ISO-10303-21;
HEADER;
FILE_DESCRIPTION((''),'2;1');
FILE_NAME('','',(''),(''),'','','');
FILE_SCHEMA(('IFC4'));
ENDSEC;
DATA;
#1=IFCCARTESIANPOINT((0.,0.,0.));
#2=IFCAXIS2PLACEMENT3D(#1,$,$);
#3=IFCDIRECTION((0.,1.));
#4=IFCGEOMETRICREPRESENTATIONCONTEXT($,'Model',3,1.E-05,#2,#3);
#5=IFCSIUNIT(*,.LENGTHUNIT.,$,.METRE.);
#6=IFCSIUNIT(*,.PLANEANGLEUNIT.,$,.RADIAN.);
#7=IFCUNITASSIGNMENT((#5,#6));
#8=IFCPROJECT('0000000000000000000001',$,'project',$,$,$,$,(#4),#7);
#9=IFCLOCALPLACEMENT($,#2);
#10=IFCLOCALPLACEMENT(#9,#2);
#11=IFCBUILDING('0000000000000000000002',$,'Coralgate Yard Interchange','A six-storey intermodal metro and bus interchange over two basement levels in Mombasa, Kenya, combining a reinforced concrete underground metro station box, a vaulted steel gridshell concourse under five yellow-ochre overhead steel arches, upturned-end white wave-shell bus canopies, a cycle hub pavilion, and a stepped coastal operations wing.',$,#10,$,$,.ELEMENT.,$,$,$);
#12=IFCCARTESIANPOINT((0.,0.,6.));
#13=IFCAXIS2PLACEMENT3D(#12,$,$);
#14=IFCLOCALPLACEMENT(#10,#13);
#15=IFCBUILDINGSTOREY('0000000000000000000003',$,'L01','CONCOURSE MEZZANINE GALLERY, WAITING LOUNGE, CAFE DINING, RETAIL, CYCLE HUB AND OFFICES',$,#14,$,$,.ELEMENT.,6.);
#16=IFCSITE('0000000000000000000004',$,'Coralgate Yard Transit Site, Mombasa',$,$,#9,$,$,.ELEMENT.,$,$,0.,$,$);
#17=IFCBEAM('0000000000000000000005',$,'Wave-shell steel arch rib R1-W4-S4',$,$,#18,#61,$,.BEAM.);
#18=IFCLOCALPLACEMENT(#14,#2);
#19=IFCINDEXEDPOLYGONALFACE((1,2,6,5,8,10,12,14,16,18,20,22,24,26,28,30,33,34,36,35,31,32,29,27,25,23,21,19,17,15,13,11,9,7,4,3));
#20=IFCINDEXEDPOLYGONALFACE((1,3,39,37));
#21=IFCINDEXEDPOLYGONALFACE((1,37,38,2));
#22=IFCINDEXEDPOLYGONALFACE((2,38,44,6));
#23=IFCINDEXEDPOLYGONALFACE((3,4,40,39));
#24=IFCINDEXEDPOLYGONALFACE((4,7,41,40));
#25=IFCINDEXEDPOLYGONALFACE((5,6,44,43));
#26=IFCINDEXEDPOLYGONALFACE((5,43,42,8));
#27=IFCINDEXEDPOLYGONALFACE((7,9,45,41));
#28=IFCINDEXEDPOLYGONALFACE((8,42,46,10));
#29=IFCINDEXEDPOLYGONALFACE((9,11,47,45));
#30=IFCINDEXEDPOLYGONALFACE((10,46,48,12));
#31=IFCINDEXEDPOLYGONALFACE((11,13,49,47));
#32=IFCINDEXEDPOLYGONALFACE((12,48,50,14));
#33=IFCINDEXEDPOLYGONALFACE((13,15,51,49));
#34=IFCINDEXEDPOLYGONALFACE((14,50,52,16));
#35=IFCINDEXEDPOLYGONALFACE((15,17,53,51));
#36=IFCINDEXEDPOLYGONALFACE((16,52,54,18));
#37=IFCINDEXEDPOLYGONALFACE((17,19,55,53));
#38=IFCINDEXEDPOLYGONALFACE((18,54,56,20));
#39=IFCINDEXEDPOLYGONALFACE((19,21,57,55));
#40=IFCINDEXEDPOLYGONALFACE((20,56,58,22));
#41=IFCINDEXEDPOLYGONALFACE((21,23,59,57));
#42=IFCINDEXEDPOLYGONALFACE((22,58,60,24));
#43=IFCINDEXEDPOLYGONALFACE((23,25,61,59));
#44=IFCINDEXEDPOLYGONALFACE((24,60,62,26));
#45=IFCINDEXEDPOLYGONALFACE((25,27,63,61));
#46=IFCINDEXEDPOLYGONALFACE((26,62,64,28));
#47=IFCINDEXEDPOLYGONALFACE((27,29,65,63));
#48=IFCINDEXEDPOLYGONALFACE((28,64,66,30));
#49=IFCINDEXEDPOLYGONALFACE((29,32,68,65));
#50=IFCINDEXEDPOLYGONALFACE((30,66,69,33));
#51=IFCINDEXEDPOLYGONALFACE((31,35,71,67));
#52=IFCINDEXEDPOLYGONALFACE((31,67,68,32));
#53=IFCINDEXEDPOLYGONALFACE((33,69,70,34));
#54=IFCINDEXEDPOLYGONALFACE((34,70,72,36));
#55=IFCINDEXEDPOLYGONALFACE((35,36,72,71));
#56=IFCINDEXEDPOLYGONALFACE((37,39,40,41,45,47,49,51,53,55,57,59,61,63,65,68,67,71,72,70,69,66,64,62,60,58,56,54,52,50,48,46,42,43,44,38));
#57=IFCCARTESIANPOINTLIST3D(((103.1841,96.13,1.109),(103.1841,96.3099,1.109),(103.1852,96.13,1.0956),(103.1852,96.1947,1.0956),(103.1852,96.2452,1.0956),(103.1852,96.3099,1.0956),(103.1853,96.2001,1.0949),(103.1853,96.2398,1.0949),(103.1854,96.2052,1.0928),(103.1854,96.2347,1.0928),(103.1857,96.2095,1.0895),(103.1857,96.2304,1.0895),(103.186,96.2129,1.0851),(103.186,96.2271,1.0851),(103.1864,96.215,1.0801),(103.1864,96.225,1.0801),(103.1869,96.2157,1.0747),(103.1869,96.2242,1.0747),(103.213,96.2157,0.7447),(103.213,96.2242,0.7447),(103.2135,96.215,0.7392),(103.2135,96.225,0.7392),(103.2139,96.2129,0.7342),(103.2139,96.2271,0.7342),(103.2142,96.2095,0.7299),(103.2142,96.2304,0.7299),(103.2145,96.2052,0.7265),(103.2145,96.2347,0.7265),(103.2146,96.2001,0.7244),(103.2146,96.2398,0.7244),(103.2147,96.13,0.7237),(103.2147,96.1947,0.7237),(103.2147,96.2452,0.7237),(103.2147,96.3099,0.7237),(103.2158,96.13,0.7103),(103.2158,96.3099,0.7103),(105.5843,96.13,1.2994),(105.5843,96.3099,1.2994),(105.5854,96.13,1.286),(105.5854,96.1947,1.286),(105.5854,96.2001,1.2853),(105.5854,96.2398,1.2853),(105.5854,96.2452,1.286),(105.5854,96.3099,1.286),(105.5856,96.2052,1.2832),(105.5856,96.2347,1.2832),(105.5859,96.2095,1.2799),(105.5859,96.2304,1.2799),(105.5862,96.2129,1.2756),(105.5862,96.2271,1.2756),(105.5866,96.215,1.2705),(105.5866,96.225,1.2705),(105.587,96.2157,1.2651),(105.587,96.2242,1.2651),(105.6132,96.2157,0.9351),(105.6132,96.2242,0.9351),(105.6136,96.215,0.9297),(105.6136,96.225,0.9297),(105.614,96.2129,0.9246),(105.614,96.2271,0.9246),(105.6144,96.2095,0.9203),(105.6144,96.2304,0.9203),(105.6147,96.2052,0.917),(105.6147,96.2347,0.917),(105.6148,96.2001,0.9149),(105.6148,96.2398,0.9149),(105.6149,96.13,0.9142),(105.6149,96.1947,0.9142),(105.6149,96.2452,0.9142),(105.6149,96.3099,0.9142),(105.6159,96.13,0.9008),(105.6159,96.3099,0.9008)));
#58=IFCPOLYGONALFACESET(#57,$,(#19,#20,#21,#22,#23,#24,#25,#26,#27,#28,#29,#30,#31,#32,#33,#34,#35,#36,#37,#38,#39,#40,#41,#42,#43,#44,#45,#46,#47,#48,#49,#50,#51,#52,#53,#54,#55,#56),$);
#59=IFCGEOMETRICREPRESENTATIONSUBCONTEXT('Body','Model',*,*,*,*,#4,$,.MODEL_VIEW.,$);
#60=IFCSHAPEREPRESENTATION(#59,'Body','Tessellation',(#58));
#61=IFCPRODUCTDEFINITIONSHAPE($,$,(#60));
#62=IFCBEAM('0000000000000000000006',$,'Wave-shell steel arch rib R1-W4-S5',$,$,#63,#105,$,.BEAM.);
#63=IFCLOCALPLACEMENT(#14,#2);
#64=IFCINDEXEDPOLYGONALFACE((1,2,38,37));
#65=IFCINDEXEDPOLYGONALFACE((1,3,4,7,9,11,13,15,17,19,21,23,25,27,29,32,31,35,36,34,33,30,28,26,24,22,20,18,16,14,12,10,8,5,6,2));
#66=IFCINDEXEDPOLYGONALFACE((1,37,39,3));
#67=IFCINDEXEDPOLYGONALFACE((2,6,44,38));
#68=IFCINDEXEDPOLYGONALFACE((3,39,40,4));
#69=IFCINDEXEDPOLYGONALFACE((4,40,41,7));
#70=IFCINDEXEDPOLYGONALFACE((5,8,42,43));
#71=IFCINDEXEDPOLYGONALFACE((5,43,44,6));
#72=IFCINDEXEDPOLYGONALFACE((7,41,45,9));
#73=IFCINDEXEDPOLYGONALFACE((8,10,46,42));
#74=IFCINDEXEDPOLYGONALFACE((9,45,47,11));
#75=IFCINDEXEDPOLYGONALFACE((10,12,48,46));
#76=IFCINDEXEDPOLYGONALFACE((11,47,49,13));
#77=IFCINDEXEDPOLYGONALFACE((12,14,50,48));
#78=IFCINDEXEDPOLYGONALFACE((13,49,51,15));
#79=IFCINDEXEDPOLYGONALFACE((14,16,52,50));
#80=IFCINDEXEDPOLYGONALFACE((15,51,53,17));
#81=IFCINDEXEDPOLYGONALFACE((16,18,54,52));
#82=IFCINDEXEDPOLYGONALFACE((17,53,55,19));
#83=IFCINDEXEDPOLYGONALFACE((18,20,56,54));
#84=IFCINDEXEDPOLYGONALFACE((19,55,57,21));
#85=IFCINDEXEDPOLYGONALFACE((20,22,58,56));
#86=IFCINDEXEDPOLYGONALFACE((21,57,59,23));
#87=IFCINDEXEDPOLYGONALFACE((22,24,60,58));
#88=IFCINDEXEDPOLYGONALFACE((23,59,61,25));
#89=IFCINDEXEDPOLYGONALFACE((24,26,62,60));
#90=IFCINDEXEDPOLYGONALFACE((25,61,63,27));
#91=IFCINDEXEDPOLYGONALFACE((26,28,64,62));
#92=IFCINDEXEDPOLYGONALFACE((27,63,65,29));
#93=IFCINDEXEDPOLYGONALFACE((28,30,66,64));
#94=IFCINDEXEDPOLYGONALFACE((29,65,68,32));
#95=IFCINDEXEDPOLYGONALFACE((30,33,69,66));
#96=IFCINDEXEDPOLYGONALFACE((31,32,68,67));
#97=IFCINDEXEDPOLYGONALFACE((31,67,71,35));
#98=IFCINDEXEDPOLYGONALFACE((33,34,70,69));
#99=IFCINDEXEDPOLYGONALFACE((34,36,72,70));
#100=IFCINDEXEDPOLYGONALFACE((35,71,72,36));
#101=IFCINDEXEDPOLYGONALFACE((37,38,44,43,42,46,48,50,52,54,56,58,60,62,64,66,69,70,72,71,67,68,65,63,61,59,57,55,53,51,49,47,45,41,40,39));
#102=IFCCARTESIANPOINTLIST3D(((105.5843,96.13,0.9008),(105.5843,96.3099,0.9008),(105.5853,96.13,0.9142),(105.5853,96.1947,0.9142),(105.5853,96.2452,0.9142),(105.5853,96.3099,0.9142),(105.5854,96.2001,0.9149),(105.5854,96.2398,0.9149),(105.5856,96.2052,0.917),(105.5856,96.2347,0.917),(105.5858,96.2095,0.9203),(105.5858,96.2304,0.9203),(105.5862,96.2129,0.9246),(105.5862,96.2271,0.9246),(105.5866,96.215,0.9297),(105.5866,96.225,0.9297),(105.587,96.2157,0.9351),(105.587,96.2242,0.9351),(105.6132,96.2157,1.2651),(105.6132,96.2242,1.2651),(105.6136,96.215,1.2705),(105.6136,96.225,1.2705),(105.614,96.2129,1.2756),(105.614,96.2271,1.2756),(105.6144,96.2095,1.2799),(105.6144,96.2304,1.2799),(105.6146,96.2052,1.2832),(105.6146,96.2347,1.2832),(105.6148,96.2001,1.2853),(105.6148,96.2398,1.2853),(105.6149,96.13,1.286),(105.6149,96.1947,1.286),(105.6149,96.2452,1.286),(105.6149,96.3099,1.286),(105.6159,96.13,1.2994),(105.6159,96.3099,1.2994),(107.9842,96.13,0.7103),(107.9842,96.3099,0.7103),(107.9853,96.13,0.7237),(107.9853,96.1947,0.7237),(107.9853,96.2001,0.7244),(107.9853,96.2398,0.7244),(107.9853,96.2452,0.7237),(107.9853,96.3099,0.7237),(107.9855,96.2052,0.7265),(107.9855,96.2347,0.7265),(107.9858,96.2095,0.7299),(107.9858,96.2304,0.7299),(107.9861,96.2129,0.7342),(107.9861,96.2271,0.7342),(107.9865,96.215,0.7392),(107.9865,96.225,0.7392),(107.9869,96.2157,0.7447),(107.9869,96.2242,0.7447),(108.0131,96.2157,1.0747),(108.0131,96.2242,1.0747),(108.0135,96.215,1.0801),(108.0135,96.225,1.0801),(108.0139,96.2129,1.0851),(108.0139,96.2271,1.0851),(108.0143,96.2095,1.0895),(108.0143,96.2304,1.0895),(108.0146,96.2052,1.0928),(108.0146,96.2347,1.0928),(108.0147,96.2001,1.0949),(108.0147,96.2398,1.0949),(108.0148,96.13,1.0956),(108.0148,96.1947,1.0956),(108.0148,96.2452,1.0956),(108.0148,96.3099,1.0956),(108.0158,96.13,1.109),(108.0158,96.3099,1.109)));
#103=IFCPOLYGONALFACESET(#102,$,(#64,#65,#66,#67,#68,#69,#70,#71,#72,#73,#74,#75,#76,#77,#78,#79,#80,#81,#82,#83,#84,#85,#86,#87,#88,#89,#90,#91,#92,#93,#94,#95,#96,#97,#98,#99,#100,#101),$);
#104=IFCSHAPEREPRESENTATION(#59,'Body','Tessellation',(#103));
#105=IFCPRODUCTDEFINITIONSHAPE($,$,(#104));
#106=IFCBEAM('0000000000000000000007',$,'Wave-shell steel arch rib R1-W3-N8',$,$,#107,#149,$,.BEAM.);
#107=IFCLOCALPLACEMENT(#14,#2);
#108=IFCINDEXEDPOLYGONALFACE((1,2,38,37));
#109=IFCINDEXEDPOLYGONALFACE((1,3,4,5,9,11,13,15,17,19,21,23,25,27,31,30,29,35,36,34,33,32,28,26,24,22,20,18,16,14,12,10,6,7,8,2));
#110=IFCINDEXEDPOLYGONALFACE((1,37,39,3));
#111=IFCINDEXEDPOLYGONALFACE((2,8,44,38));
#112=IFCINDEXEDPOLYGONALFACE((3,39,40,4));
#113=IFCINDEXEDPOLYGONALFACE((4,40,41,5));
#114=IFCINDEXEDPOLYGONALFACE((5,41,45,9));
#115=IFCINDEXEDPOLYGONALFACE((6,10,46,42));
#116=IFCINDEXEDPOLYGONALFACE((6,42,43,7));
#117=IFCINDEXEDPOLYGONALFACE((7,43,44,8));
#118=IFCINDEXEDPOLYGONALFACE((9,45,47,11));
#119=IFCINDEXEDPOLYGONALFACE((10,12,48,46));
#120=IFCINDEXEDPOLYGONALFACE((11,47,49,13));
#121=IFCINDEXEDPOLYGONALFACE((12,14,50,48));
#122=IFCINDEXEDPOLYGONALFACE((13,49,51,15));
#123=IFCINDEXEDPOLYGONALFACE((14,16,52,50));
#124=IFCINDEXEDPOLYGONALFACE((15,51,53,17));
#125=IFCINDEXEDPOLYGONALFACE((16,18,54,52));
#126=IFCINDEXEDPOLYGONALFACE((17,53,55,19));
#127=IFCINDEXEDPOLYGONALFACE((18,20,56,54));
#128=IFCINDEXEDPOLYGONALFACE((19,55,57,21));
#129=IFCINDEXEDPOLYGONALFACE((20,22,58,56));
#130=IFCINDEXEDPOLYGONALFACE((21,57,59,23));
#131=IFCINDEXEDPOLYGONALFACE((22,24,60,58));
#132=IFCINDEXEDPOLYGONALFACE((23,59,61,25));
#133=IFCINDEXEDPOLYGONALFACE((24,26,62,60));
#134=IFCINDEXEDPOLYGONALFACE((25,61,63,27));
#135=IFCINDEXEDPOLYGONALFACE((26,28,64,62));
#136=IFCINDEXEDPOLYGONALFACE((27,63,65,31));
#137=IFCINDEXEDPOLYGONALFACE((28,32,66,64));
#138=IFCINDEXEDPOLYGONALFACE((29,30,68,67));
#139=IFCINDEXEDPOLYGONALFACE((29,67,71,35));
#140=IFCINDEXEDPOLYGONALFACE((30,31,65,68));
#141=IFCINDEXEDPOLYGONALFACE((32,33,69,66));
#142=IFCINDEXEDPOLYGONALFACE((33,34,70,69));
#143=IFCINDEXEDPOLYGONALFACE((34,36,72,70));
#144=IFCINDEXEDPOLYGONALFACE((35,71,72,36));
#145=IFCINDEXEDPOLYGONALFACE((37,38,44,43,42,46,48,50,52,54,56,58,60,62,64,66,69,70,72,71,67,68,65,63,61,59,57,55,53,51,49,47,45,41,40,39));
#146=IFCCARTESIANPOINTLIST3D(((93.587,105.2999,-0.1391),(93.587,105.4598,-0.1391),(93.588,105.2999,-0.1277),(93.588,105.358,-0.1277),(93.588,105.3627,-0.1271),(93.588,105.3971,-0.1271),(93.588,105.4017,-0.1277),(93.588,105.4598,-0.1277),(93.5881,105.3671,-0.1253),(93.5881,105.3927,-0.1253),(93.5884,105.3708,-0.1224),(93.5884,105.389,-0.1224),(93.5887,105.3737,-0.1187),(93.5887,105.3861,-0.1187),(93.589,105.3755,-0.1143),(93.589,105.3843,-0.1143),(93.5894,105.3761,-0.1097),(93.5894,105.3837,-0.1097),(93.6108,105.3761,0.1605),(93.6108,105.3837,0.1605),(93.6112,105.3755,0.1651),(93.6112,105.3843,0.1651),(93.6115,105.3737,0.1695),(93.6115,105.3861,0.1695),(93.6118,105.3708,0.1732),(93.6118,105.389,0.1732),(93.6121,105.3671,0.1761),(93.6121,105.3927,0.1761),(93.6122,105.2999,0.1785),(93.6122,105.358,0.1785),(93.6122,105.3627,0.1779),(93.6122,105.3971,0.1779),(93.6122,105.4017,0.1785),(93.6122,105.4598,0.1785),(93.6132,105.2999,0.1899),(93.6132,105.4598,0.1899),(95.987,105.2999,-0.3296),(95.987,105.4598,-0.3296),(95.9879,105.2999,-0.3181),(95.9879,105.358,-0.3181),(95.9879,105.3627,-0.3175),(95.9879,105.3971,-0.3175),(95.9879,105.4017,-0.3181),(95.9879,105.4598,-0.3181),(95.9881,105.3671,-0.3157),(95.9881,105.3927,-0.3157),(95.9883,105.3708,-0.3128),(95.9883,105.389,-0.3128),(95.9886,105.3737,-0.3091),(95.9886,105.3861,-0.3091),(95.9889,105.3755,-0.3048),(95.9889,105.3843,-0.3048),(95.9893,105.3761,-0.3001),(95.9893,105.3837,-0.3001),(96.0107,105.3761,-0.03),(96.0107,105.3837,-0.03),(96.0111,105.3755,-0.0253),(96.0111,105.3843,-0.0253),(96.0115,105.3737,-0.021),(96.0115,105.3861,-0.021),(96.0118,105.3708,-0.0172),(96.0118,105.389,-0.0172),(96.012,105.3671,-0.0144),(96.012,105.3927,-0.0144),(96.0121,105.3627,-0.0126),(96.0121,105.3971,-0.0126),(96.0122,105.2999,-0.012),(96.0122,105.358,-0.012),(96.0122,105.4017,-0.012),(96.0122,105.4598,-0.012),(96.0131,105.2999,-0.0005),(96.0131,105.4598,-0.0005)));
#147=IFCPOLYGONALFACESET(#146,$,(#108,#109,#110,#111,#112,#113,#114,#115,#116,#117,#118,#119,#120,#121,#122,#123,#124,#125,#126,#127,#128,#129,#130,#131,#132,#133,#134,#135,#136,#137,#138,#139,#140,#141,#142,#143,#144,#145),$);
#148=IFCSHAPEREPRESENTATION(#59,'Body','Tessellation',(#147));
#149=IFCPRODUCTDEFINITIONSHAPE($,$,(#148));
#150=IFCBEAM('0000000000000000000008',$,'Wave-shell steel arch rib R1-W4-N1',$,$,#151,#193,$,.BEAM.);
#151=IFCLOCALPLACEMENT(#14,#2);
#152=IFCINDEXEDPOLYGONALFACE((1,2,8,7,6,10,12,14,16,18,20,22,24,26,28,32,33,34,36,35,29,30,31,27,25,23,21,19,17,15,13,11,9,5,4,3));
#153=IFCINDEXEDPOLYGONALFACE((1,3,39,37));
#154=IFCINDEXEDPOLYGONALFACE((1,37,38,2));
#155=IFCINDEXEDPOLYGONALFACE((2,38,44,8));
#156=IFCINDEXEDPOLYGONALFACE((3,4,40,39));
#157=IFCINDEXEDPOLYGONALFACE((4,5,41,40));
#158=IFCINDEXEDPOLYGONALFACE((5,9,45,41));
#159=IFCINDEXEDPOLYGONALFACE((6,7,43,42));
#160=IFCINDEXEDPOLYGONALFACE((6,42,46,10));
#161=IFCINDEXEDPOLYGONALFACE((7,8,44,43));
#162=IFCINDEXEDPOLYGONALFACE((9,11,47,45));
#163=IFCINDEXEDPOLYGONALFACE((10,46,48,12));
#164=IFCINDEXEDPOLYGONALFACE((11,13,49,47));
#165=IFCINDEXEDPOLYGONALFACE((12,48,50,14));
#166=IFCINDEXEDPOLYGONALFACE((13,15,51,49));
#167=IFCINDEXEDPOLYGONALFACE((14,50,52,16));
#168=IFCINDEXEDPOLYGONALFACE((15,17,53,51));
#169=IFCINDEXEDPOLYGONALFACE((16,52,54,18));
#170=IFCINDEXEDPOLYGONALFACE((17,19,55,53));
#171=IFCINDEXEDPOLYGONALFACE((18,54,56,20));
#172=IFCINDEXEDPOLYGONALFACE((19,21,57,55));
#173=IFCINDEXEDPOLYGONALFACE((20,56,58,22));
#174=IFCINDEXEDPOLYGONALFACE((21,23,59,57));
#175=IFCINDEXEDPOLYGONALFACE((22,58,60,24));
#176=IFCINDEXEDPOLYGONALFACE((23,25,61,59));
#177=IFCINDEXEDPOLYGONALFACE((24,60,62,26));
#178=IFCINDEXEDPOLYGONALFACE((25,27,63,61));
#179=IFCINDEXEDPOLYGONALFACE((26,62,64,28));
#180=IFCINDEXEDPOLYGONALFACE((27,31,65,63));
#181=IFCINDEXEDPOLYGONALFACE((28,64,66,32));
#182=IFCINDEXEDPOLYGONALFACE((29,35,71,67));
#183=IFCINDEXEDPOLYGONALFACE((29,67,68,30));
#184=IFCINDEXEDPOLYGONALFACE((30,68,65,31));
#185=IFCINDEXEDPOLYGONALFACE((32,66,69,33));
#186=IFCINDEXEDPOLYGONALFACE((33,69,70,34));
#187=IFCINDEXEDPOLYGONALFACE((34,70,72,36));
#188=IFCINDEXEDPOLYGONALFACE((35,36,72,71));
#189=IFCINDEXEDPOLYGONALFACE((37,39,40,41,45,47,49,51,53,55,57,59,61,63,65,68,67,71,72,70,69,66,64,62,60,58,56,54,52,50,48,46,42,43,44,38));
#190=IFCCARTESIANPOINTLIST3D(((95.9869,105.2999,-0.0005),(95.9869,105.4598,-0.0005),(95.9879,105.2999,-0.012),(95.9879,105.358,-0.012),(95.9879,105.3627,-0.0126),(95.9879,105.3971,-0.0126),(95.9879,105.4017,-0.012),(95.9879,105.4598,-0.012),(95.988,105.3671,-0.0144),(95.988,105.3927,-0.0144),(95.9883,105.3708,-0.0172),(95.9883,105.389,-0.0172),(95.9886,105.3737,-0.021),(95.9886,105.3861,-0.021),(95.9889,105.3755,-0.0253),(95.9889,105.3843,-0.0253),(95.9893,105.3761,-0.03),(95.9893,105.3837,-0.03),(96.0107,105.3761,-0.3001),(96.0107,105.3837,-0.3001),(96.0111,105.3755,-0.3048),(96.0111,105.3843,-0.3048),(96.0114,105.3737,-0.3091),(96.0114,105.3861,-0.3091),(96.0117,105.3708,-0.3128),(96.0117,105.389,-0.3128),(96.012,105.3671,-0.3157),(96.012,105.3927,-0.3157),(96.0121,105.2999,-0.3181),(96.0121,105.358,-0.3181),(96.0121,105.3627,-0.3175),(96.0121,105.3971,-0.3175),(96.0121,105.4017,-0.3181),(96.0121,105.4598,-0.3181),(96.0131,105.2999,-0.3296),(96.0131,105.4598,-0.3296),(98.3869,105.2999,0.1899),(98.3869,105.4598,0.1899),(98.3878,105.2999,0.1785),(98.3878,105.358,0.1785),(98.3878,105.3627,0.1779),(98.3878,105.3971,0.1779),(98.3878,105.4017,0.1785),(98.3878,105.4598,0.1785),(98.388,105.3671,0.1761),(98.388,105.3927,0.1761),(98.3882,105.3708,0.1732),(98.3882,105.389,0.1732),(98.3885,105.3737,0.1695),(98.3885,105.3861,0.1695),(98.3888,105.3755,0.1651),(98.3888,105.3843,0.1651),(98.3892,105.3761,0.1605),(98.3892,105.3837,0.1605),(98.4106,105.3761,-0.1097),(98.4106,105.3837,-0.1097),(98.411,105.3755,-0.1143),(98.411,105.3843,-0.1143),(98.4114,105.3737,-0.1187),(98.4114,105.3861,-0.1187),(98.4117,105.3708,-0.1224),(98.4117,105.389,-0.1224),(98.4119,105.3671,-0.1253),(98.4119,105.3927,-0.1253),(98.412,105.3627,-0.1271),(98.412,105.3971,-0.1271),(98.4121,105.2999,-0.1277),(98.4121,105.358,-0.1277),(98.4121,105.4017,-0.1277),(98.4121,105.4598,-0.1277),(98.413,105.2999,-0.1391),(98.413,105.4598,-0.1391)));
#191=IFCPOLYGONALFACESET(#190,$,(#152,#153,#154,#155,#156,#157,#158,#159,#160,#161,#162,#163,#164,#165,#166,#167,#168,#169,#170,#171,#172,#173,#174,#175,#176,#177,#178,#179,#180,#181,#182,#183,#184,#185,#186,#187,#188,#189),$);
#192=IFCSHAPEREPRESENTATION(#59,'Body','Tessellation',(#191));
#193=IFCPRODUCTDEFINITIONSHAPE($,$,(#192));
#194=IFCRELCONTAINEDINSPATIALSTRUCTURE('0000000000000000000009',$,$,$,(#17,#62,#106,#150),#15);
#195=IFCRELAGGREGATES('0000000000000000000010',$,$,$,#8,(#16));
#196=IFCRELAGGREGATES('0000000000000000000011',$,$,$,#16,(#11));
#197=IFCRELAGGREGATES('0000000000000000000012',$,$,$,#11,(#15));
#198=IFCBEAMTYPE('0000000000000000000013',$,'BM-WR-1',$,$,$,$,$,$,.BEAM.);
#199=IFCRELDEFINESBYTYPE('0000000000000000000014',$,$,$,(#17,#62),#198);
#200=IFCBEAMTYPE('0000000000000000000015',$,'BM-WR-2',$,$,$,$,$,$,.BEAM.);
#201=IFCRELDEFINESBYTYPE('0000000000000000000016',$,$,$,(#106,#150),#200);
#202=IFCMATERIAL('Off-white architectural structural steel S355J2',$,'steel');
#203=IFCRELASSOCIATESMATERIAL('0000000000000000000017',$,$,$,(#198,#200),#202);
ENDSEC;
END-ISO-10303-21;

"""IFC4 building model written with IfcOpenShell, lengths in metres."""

from ifc_helpers import new_model, si_unit, direction, frame, origin, origin_2d, place, context, subcontext, project, spatial, i_section, extrude, material, material_profile, profile_set, type_object, element, save


model = new_model("IFC4")

# Units and contexts
model_context = context("Model", 3, precision=1e-05, world=origin(), true_north=direction((0.0, 1.0)))
body_context = subcontext(model_context, "Body", "Model", "MODEL_VIEW")
ifc_project = project(units=[si_unit("LENGTHUNIT", "METRE"), si_unit("PLANEANGLEUNIT", "RADIAN")], contexts=[model_context])

# Site, building, storey
site_placement = place(None, origin())
site = spatial("IfcSite", under=ifc_project, at=site_placement, Name="Coralgate Yard Transit Site, Mombasa", CompositionType="ELEMENT", RefElevation=0.0)
building_placement = place(site_placement, origin())
building = spatial("IfcBuilding", under=site, at=building_placement, Name="Coralgate Yard Interchange", Description="A six-storey intermodal metro and bus interchange over two basement levels in Mombasa, Kenya, combining a reinforced concrete underground metro station box, a vaulted steel gridshell concourse under five yellow-ochre overhead steel arches, upturned-end white wave-shell bus canopies, a cycle hub pavilion, and a stepped coastal operations wing.", CompositionType="ELEMENT")
storey_placement = place(building_placement, frame((0.0, 0.0, 6.0)))
storey = spatial("IfcBuildingStorey", under=building, at=storey_placement, Name="L01", Description="CONCOURSE MEZZANINE GALLERY, WAITING LOUNGE, CAFE DINING, RETAIL, CYCLE HUB AND OFFICES", CompositionType="ELEMENT", Elevation=6.0)

# Beams
ifc_material_1 = material(Name="Off-white architectural structural steel S355J2", Category="steel")
ifc_material_profile_1 = material_profile(ifc_material_1, i_section(OverallWidth=0.1799, OverallDepth=0.3999, WebThickness=0.0085, FlangeThickness=0.0134, FilletRadius=0.021, at=origin_2d()), Name="IPE 400")
ifc_profile_set_1 = profile_set([ifc_material_profile_1], Name="Off-white architectural structural steel S355J2")
beam_type_1 = type_object("IfcBeamType", Name="BM-WR-1", PredefinedType="BEAM", material=ifc_profile_set_1)
beam_1_placement = place(storey_placement, frame((103.2, 96.22, 0.9097), z_axis=(0.996867, 0.0, 0.079092), x_axis=(0.0, 1.0, 0.0)))
element("IfcBeam", 1, at=beam_1_placement, inside=storey, type_object=beam_type_1, Name="Wave-shell steel arch rib R1-W4-S4", PredefinedType="BEAM", context=body_context, shape_type="SweptSolid", body=[
    extrude(i_section(OverallWidth=0.1799, OverallDepth=0.3999, WebThickness=0.0085, FlangeThickness=0.0134, FilletRadius=0.021, at=origin_2d()), origin(), (0.0, 0.0, 1.0), 2.4077),
])
beam_2_placement = place(storey_placement, frame((105.6001, 96.22, 1.1001), z_axis=(0.996867, 0.0, -0.0791), x_axis=(0.0, 1.0, 0.0)))
element("IfcBeam", 2, at=beam_2_placement, inside=storey, type_object=beam_type_1, Name="Wave-shell steel arch rib R1-W4-S5", PredefinedType="BEAM", context=body_context, shape_type="SweptSolid", body=[
    extrude(i_section(OverallWidth=0.1799, OverallDepth=0.3999, WebThickness=0.0085, FlangeThickness=0.0134, FilletRadius=0.021, at=origin_2d()), origin(), (0.0, 0.0, 1.0), 2.4075),
])
ifc_material_profile_2 = material_profile(ifc_material_1, i_section(OverallWidth=0.1599, OverallDepth=0.3301, WebThickness=0.0076, FlangeThickness=0.0115, FilletRadius=0.0181, at=origin_2d()), Name="IPE 330")
ifc_profile_set_2 = profile_set([ifc_material_profile_2], Name="Off-white architectural structural steel S355J2")
beam_type_2 = type_object("IfcBeamType", Name="BM-WR-2", PredefinedType="BEAM", material=ifc_profile_set_2)
for number, where, z_axis, x_axis, name in (
    (3, (93.6001, 105.3799, 0.0254), (0.996867, 0.0, -0.0791), (0.0, 1.0, 0.0), "Wave-shell steel arch rib R1-W3-N8"),
    (4, (96.0, 105.3799, -0.165), (0.996867, 0.0, 0.0791), (0.0, 1.0, 0.0), "Wave-shell steel arch rib R1-W4-N1"),
):
    element("IfcBeam", number, at=place(storey_placement, frame(where, z_axis=z_axis, x_axis=x_axis)), inside=storey, type_object=beam_type_2, Name=name, PredefinedType="BEAM", context=body_context, shape_type="SweptSolid", body=[
        extrude(i_section(OverallWidth=0.1599, OverallDepth=0.3301, WebThickness=0.0076, FlangeThickness=0.0115, FilletRadius=0.0181, at=origin_2d()), origin(), (0.0, 0.0, 1.0), 2.4075),
    ])

save(model, "model.ifc")
